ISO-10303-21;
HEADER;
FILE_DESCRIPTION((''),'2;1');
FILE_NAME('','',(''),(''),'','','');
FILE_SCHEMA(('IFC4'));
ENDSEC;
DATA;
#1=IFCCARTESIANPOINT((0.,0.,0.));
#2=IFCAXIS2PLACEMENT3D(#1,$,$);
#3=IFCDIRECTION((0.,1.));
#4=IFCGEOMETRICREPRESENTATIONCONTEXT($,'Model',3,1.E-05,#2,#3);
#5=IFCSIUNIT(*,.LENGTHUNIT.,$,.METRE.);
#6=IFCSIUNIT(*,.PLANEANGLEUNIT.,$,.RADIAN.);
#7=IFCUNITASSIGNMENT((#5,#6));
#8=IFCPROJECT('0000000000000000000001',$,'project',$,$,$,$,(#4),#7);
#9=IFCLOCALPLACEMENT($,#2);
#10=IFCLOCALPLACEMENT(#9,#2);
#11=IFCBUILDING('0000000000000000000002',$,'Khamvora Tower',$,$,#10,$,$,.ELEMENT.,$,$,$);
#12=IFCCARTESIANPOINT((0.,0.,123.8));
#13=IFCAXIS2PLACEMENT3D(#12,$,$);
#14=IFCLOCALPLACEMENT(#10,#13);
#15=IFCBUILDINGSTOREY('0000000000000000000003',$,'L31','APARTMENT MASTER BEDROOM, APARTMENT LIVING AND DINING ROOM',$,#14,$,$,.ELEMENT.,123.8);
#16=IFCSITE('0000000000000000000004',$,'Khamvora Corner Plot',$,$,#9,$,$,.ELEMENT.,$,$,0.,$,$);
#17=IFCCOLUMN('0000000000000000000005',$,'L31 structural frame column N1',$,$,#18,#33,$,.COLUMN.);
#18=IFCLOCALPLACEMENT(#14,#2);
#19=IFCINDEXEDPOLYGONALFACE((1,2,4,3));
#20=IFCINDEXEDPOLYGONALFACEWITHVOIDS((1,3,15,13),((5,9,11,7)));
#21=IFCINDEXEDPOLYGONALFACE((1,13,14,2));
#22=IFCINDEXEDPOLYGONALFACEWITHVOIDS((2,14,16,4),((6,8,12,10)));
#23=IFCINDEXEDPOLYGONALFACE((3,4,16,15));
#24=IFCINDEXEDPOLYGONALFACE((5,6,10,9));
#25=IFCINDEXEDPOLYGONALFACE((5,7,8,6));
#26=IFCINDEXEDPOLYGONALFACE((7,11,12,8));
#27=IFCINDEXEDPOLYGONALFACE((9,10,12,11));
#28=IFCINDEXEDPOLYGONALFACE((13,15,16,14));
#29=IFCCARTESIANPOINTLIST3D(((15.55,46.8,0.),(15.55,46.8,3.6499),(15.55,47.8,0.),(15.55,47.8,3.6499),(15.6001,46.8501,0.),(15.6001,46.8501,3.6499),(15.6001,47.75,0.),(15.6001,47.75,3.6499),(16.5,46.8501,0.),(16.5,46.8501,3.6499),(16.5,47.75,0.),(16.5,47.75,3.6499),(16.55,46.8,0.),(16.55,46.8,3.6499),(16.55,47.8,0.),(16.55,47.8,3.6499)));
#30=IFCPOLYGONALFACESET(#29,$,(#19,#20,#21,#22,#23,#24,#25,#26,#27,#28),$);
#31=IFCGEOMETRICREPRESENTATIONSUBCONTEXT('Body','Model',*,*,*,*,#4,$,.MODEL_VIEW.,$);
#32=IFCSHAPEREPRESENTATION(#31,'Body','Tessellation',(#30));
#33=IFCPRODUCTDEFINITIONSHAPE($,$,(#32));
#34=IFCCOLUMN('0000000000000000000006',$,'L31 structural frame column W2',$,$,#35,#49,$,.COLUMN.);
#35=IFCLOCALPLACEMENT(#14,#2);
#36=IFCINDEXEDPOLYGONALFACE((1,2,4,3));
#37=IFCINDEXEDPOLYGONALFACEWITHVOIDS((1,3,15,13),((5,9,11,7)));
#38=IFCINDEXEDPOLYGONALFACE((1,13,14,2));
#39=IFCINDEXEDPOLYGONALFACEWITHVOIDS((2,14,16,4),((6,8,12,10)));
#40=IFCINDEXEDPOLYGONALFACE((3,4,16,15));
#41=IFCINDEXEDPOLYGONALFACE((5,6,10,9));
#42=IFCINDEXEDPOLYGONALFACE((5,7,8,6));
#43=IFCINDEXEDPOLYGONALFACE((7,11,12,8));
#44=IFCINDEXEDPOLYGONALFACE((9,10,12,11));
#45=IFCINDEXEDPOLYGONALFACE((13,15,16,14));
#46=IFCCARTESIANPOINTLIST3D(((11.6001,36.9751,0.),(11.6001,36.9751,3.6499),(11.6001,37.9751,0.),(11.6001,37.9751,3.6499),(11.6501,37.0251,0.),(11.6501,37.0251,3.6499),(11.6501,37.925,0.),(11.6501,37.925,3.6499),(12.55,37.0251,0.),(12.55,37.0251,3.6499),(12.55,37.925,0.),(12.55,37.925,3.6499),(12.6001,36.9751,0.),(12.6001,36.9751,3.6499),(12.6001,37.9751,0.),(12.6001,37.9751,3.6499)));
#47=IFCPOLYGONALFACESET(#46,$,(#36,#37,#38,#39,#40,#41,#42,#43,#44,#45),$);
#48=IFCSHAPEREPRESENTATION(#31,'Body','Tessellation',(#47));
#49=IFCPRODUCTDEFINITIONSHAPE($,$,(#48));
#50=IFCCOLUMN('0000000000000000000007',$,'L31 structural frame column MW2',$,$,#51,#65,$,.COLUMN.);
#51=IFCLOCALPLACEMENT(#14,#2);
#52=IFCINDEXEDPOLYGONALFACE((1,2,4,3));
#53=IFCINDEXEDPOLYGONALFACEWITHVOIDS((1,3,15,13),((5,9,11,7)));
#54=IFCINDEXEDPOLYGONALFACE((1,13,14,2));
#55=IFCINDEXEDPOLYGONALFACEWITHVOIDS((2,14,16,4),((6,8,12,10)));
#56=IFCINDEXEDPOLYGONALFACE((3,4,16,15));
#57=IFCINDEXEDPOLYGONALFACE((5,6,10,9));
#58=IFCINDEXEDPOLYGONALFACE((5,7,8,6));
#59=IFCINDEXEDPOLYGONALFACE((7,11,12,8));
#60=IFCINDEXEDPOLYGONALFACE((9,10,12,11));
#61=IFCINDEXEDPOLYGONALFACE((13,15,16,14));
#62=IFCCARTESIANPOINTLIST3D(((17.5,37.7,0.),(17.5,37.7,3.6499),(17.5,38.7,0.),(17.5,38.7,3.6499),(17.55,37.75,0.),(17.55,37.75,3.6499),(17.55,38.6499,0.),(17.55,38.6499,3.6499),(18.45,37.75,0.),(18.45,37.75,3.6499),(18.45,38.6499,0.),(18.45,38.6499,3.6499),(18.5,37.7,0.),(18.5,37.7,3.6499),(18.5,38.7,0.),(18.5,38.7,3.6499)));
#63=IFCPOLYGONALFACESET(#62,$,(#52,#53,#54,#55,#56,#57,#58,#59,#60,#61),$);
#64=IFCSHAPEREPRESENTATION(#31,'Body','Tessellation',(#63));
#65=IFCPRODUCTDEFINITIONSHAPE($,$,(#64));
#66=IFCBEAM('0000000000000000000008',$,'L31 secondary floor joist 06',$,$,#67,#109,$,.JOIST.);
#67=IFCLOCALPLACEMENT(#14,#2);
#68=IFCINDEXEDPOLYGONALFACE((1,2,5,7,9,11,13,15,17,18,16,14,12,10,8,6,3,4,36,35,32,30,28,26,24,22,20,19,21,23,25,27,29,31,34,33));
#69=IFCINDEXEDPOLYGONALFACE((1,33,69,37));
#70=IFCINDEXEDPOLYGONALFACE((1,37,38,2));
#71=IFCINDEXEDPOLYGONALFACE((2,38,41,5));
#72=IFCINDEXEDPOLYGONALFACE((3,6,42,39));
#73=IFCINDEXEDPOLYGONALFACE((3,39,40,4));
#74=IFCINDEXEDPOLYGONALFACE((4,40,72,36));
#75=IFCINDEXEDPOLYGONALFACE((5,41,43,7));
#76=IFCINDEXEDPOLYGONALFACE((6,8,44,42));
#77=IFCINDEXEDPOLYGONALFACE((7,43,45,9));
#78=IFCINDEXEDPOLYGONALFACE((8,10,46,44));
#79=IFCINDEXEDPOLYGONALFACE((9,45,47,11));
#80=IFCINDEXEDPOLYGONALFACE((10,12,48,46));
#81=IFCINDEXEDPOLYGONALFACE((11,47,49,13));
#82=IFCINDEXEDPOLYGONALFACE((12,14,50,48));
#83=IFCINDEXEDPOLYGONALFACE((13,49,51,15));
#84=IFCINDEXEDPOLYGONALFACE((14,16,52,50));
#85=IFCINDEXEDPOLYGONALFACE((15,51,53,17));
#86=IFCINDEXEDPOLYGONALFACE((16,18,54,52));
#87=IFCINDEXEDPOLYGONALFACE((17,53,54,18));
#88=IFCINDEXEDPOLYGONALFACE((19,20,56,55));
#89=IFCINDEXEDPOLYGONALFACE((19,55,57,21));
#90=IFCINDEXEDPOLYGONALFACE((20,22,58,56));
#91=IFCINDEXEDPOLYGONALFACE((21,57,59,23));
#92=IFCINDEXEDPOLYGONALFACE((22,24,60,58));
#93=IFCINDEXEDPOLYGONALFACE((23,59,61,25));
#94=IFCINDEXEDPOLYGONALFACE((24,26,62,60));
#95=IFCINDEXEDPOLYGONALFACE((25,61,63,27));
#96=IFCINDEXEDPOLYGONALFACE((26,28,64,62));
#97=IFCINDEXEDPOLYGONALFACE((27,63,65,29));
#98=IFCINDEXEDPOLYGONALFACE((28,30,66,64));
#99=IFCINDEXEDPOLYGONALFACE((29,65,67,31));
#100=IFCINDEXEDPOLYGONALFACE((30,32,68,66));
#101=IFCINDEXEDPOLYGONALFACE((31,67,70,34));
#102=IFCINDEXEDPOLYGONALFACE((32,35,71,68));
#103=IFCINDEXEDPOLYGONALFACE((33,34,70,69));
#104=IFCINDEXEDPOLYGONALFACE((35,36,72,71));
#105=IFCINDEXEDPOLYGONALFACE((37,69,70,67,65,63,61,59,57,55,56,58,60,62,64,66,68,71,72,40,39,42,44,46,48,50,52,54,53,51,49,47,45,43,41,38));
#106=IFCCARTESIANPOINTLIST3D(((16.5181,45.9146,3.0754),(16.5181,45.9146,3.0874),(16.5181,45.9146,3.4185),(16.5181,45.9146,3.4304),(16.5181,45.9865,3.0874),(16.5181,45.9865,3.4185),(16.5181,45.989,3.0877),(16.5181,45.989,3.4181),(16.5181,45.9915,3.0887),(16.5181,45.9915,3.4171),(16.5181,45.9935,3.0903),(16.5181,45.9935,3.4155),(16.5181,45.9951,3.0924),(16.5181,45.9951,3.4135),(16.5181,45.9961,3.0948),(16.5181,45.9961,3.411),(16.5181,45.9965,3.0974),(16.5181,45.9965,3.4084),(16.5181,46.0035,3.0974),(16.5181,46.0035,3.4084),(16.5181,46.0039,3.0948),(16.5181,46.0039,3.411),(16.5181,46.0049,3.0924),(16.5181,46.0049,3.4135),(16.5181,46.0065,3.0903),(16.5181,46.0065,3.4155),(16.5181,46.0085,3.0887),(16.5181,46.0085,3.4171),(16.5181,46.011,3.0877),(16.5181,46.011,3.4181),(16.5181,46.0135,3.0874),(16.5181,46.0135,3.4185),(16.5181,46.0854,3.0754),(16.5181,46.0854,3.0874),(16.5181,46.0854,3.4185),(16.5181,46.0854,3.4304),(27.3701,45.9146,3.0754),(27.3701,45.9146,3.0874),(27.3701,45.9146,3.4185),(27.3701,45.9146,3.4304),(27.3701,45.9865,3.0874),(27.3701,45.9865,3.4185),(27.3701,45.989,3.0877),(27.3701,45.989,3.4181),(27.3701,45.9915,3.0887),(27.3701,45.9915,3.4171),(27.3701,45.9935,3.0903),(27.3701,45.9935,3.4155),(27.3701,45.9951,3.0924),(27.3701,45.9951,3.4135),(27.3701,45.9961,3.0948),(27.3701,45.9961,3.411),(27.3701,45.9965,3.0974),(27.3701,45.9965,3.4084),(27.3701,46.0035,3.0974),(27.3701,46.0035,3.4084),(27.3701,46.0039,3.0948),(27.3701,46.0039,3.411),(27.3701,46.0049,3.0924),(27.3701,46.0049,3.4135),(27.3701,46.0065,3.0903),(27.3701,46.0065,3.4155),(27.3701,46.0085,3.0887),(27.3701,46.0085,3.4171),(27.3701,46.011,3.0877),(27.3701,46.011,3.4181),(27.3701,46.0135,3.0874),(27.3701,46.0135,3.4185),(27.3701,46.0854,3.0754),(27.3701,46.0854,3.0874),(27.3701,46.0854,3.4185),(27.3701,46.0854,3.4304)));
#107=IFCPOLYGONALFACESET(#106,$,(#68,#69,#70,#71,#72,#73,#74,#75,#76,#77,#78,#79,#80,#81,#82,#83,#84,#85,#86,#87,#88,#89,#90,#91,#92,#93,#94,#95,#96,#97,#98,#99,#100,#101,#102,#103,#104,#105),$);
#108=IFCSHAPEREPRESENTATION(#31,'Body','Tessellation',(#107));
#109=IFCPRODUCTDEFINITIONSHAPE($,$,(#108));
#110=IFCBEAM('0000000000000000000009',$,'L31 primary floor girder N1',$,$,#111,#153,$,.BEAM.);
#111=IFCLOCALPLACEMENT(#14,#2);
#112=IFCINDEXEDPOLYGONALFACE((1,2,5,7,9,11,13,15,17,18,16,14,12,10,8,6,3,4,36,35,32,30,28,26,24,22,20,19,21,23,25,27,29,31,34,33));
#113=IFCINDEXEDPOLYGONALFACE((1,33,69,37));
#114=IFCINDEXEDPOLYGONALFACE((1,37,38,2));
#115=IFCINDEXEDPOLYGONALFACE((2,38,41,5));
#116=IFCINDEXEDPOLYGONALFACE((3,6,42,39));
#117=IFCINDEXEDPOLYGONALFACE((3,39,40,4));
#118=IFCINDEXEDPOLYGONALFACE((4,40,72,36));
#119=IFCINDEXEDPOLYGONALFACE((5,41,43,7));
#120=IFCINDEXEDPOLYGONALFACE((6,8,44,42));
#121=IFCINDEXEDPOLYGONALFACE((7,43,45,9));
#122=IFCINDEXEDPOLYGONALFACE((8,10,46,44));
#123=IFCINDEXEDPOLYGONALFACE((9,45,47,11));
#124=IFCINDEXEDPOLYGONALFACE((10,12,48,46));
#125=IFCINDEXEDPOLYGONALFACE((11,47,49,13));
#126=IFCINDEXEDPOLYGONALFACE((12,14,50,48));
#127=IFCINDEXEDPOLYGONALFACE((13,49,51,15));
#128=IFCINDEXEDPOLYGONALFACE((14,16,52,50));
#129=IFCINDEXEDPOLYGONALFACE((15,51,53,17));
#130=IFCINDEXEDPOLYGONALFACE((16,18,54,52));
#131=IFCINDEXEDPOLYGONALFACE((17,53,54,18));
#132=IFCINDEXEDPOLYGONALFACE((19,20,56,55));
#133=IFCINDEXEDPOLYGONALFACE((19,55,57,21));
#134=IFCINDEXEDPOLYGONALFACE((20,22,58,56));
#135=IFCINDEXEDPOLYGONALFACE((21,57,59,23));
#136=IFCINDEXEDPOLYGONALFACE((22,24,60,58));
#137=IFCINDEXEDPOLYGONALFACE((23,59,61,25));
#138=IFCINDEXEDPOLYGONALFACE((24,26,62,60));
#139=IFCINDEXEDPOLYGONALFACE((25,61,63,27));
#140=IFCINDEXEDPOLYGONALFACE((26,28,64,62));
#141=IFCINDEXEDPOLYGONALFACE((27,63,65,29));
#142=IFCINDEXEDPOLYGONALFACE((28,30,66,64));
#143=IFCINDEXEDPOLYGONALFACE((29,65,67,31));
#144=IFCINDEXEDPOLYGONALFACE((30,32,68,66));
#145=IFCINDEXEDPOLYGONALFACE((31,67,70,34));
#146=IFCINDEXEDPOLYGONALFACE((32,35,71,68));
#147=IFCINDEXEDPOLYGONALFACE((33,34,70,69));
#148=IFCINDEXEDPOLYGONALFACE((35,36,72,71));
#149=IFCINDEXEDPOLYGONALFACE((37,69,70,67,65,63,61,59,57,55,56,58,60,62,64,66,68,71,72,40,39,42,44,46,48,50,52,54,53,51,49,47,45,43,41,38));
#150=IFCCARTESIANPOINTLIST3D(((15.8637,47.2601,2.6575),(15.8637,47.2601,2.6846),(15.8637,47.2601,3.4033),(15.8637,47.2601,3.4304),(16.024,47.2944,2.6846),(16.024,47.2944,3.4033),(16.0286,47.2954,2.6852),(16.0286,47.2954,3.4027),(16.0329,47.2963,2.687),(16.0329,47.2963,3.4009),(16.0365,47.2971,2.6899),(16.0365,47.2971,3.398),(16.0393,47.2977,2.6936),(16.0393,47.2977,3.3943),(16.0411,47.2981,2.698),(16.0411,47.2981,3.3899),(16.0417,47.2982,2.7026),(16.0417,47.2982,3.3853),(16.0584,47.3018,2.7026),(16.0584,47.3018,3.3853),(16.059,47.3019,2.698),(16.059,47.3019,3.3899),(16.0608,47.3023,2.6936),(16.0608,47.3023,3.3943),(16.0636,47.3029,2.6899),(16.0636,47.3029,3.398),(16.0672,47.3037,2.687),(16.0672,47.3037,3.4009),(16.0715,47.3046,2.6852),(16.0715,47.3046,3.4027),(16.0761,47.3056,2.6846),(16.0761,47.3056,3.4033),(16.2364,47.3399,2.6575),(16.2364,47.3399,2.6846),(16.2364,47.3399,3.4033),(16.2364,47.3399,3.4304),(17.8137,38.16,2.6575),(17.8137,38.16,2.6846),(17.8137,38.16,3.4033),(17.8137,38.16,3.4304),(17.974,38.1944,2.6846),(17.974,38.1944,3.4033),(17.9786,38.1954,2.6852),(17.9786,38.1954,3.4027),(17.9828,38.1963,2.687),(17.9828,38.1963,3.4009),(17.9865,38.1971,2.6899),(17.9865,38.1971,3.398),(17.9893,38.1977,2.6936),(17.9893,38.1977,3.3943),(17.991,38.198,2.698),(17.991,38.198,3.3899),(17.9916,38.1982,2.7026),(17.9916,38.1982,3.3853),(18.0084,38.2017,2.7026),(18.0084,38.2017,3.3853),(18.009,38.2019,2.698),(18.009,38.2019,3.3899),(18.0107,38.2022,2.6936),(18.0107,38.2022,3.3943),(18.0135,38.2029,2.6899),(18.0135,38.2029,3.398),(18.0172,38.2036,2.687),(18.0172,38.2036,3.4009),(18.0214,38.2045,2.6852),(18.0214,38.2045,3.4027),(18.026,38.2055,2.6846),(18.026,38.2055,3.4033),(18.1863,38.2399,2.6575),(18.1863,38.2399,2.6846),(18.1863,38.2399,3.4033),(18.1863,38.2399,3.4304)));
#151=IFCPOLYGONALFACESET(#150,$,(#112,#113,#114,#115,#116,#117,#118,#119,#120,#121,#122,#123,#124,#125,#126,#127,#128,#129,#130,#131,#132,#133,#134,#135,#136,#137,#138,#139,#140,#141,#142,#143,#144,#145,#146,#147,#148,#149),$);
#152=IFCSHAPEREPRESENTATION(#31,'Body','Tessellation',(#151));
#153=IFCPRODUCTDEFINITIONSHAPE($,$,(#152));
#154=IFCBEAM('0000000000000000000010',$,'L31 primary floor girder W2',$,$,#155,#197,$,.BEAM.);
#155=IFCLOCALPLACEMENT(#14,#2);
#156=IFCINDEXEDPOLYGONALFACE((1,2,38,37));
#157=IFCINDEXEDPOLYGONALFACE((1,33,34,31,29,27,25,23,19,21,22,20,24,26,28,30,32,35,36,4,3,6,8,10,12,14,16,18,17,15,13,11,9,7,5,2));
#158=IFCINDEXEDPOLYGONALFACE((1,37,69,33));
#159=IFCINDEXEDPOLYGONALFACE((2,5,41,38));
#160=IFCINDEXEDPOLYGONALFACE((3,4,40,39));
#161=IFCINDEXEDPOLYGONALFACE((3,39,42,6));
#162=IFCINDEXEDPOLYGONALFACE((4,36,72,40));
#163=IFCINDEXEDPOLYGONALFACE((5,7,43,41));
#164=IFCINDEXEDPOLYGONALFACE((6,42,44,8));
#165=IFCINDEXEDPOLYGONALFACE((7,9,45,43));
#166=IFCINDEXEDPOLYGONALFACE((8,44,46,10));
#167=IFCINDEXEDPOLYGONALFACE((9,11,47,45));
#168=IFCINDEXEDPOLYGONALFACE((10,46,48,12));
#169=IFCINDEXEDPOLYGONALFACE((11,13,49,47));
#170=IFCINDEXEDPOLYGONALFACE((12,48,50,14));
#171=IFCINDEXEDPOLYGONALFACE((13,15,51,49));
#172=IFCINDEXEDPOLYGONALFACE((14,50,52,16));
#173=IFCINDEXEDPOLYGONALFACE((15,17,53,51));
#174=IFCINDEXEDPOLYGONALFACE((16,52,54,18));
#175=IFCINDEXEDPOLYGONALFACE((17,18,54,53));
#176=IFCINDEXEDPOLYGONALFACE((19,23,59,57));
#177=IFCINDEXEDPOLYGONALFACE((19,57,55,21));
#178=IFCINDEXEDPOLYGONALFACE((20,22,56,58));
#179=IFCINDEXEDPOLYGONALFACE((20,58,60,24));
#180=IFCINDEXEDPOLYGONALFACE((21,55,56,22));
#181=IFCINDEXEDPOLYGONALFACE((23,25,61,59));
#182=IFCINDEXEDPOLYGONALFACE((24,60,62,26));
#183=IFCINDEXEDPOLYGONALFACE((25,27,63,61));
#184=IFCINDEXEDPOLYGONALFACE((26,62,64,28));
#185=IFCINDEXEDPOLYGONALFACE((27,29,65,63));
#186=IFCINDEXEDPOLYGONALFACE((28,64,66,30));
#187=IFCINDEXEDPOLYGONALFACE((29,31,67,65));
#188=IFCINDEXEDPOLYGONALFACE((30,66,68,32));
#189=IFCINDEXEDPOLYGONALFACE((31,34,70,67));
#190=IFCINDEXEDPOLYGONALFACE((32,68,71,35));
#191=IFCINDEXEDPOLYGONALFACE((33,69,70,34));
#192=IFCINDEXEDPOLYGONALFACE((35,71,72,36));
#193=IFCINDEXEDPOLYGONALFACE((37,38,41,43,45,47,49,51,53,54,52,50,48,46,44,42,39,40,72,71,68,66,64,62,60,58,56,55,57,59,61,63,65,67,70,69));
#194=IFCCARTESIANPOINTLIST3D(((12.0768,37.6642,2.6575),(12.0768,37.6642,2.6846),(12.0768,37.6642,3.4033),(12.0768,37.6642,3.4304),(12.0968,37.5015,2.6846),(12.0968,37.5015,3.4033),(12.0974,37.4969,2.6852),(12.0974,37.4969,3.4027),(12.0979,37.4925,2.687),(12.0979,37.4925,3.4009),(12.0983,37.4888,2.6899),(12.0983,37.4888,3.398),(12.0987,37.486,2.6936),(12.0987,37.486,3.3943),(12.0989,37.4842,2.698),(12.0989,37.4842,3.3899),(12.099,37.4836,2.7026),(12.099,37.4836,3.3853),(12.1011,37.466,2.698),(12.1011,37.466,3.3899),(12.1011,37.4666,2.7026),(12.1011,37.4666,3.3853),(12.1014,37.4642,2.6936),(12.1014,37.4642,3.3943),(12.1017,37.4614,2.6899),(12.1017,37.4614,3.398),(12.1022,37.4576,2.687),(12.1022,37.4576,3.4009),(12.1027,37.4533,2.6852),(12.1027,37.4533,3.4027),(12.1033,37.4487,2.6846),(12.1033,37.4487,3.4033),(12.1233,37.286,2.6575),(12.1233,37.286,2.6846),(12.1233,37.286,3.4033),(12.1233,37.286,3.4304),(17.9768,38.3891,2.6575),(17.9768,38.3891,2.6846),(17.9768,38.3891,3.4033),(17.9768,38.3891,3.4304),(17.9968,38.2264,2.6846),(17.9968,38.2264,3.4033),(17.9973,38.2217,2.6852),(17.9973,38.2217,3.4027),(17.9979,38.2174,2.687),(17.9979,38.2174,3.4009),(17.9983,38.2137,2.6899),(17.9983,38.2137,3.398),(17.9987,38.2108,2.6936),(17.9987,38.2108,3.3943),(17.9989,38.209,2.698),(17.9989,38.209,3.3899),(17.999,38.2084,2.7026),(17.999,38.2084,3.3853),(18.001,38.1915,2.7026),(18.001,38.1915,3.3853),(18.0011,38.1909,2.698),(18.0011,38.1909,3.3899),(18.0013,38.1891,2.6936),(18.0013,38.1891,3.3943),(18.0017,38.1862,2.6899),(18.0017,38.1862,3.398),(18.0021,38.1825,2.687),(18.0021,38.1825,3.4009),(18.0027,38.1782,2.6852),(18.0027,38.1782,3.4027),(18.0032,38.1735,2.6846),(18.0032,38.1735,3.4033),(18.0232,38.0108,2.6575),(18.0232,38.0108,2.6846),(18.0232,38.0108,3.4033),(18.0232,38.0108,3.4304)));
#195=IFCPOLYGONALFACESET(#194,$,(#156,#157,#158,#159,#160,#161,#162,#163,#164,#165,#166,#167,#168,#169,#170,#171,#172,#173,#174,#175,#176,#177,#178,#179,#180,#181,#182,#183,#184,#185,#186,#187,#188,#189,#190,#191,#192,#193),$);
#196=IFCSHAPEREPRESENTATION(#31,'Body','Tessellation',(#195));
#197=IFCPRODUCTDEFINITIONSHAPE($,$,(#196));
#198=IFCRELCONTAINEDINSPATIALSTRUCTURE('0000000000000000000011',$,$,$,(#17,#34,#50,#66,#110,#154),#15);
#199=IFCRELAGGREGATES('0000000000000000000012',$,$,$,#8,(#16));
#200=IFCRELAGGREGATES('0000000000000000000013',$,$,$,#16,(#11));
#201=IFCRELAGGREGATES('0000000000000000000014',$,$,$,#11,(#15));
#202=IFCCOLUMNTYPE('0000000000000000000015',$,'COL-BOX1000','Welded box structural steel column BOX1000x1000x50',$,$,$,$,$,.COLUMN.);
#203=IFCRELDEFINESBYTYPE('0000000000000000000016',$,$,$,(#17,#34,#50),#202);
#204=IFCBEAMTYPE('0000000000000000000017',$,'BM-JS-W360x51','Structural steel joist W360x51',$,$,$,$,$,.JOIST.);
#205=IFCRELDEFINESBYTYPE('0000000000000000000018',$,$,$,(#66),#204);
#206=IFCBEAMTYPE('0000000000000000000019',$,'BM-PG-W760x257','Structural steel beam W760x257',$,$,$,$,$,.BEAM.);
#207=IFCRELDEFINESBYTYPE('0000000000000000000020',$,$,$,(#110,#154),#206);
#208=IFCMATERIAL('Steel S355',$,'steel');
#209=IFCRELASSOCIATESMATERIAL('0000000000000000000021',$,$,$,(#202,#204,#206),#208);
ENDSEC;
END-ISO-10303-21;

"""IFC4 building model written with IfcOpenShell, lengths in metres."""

from ifc_helpers import new_model, si_unit, direction, frame, origin, origin_2d, place, context, subcontext, project, spatial, hollow_rectangle, i_section, extrude, material, material_profile, profile_set, type_object, element, save


model = new_model("IFC4")

# Units and contexts
model_context = context("Model", 3, precision=1e-05, world=origin(), true_north=direction((0.0, 1.0)))
body_context = subcontext(model_context, "Body", "Model", "MODEL_VIEW")
ifc_project = project(units=[si_unit("LENGTHUNIT", "METRE"), si_unit("PLANEANGLEUNIT", "RADIAN")], contexts=[model_context])

# Site, building, storey
site_placement = place(None, origin())
site = spatial("IfcSite", under=ifc_project, at=site_placement, Name="Khamvora Corner Plot", CompositionType="ELEMENT", RefElevation=0.0)
building_placement = place(site_placement, origin())
building = spatial("IfcBuilding", under=site, at=building_placement, Name="Khamvora Tower", CompositionType="ELEMENT")
storey_placement = place(building_placement, frame((0.0, 0.0, 123.8)))
storey = spatial("IfcBuildingStorey", under=building, at=storey_placement, Name="L31", Description="APARTMENT MASTER BEDROOM, APARTMENT LIVING AND DINING ROOM", CompositionType="ELEMENT", Elevation=123.8)

# Columns
ifc_material_1 = material(Name="Steel S355", Category="steel")
ifc_material_profile_1 = material_profile(ifc_material_1, hollow_rectangle(XDim=1.0, YDim=1.0, WallThickness=0.05, at=origin_2d()), Name="BOX1000x1000x50")
ifc_profile_set_1 = profile_set([ifc_material_profile_1], Name="Steel S355")
column_type = type_object("IfcColumnType", Name="COL-BOX1000", Description="Welded box structural steel column BOX1000x1000x50", PredefinedType="COLUMN", material=ifc_profile_set_1)
for number, where, z_axis, x_axis, name in (
    (1, (16.05, 47.3, 0.0), (0.0, 0.0, 1.0), (1.0, 0.0, 0.0), "L31 structural frame column N1"),
    (2, (12.1001, 37.4751, 0.0), (0.0, 0.0, 1.0), (1.0, 0.0, 0.0), "L31 structural frame column W2"),
    (3, (18.0, 38.2, 0.0), (0.0, 0.0, 1.0), (1.0, 0.0, 0.0), "L31 structural frame column MW2"),
):
    element("IfcColumn", number, at=place(storey_placement, frame(where, z_axis=z_axis, x_axis=x_axis)), inside=storey, type_object=column_type, Name=name, PredefinedType="COLUMN", context=body_context, shape_type="SweptSolid", body=[
        extrude(hollow_rectangle(XDim=1.0, YDim=1.0, WallThickness=0.05, at=origin_2d()), origin(), (0.0, 0.0, 1.0), 3.6499),
    ])

# Beams
ifc_material_profile_2 = material_profile(ifc_material_1, i_section(OverallWidth=0.1709, OverallDepth=0.355, WebThickness=0.0071, FlangeThickness=0.012, FilletRadius=0.01, at=origin_2d()), Name="W360x51")
ifc_profile_set_2 = profile_set([ifc_material_profile_2], Name="Steel S355")
beam_type_1 = type_object("IfcBeamType", Name="BM-JS-W360x51", Description="Structural steel joist W360x51", PredefinedType="JOIST", material=ifc_profile_set_2)
beam_1_placement = place(storey_placement, frame((16.5181, 46.0, 3.2529), z_axis=(1.0, 0.0, 0.0), x_axis=(0.0, 1.0, 0.0)))
element("IfcBeam", 4, at=beam_1_placement, inside=storey, type_object=beam_type_1, Name="L31 secondary floor joist 06", PredefinedType="JOIST", context=body_context, shape_type="SweptSolid", body=[
    extrude(i_section(OverallWidth=0.1709, OverallDepth=0.355, WebThickness=0.0071, FlangeThickness=0.012, FilletRadius=0.01, at=origin_2d()), origin(), (0.0, 0.0, 1.0), 10.8521),
])
ifc_material_profile_3 = material_profile(ifc_material_1, i_section(OverallWidth=0.3811, OverallDepth=0.7729, WebThickness=0.0171, FlangeThickness=0.0271, FilletRadius=0.0181, at=origin_2d()), Name="W760x257")
ifc_profile_set_3 = profile_set([ifc_material_profile_3], Name="Steel S355")
beam_type_2 = type_object("IfcBeamType", Name="BM-PG-W760x257", Description="Structural steel beam W760x257", PredefinedType="BEAM", material=ifc_profile_set_3)
beam_2_placement = place(storey_placement, frame((18.0, 38.2, 3.0439), z_axis=(-0.209522, 0.977804, 0.0), x_axis=(-0.977804, -0.209522, 0.0)))
element("IfcBeam", 5, at=beam_2_placement, inside=storey, type_object=beam_type_2, Name="L31 primary floor girder N1", PredefinedType="BEAM", context=body_context, shape_type="SweptSolid", body=[
    extrude(i_section(OverallWidth=0.3811, OverallDepth=0.7729, WebThickness=0.0171, FlangeThickness=0.0271, FilletRadius=0.0181, at=origin_2d()), origin(), (0.0, 0.0, 1.0), 9.3066),
])
beam_3_placement = place(storey_placement, frame((18.0, 38.2, 3.0439), z_axis=(-0.992537, -0.121942, 0.0), x_axis=(0.121942, -0.992537, 0.0)))
element("IfcBeam", 6, at=beam_3_placement, inside=storey, type_object=beam_type_2, Name="L31 primary floor girder W2", PredefinedType="BEAM", context=body_context, shape_type="SweptSolid", body=[
    extrude(i_section(OverallWidth=0.3811, OverallDepth=0.7729, WebThickness=0.0171, FlangeThickness=0.0271, FilletRadius=0.0181, at=origin_2d()), origin(), (0.0, 0.0, 1.0), 5.9443),
])

save(model, "model.ifc")
